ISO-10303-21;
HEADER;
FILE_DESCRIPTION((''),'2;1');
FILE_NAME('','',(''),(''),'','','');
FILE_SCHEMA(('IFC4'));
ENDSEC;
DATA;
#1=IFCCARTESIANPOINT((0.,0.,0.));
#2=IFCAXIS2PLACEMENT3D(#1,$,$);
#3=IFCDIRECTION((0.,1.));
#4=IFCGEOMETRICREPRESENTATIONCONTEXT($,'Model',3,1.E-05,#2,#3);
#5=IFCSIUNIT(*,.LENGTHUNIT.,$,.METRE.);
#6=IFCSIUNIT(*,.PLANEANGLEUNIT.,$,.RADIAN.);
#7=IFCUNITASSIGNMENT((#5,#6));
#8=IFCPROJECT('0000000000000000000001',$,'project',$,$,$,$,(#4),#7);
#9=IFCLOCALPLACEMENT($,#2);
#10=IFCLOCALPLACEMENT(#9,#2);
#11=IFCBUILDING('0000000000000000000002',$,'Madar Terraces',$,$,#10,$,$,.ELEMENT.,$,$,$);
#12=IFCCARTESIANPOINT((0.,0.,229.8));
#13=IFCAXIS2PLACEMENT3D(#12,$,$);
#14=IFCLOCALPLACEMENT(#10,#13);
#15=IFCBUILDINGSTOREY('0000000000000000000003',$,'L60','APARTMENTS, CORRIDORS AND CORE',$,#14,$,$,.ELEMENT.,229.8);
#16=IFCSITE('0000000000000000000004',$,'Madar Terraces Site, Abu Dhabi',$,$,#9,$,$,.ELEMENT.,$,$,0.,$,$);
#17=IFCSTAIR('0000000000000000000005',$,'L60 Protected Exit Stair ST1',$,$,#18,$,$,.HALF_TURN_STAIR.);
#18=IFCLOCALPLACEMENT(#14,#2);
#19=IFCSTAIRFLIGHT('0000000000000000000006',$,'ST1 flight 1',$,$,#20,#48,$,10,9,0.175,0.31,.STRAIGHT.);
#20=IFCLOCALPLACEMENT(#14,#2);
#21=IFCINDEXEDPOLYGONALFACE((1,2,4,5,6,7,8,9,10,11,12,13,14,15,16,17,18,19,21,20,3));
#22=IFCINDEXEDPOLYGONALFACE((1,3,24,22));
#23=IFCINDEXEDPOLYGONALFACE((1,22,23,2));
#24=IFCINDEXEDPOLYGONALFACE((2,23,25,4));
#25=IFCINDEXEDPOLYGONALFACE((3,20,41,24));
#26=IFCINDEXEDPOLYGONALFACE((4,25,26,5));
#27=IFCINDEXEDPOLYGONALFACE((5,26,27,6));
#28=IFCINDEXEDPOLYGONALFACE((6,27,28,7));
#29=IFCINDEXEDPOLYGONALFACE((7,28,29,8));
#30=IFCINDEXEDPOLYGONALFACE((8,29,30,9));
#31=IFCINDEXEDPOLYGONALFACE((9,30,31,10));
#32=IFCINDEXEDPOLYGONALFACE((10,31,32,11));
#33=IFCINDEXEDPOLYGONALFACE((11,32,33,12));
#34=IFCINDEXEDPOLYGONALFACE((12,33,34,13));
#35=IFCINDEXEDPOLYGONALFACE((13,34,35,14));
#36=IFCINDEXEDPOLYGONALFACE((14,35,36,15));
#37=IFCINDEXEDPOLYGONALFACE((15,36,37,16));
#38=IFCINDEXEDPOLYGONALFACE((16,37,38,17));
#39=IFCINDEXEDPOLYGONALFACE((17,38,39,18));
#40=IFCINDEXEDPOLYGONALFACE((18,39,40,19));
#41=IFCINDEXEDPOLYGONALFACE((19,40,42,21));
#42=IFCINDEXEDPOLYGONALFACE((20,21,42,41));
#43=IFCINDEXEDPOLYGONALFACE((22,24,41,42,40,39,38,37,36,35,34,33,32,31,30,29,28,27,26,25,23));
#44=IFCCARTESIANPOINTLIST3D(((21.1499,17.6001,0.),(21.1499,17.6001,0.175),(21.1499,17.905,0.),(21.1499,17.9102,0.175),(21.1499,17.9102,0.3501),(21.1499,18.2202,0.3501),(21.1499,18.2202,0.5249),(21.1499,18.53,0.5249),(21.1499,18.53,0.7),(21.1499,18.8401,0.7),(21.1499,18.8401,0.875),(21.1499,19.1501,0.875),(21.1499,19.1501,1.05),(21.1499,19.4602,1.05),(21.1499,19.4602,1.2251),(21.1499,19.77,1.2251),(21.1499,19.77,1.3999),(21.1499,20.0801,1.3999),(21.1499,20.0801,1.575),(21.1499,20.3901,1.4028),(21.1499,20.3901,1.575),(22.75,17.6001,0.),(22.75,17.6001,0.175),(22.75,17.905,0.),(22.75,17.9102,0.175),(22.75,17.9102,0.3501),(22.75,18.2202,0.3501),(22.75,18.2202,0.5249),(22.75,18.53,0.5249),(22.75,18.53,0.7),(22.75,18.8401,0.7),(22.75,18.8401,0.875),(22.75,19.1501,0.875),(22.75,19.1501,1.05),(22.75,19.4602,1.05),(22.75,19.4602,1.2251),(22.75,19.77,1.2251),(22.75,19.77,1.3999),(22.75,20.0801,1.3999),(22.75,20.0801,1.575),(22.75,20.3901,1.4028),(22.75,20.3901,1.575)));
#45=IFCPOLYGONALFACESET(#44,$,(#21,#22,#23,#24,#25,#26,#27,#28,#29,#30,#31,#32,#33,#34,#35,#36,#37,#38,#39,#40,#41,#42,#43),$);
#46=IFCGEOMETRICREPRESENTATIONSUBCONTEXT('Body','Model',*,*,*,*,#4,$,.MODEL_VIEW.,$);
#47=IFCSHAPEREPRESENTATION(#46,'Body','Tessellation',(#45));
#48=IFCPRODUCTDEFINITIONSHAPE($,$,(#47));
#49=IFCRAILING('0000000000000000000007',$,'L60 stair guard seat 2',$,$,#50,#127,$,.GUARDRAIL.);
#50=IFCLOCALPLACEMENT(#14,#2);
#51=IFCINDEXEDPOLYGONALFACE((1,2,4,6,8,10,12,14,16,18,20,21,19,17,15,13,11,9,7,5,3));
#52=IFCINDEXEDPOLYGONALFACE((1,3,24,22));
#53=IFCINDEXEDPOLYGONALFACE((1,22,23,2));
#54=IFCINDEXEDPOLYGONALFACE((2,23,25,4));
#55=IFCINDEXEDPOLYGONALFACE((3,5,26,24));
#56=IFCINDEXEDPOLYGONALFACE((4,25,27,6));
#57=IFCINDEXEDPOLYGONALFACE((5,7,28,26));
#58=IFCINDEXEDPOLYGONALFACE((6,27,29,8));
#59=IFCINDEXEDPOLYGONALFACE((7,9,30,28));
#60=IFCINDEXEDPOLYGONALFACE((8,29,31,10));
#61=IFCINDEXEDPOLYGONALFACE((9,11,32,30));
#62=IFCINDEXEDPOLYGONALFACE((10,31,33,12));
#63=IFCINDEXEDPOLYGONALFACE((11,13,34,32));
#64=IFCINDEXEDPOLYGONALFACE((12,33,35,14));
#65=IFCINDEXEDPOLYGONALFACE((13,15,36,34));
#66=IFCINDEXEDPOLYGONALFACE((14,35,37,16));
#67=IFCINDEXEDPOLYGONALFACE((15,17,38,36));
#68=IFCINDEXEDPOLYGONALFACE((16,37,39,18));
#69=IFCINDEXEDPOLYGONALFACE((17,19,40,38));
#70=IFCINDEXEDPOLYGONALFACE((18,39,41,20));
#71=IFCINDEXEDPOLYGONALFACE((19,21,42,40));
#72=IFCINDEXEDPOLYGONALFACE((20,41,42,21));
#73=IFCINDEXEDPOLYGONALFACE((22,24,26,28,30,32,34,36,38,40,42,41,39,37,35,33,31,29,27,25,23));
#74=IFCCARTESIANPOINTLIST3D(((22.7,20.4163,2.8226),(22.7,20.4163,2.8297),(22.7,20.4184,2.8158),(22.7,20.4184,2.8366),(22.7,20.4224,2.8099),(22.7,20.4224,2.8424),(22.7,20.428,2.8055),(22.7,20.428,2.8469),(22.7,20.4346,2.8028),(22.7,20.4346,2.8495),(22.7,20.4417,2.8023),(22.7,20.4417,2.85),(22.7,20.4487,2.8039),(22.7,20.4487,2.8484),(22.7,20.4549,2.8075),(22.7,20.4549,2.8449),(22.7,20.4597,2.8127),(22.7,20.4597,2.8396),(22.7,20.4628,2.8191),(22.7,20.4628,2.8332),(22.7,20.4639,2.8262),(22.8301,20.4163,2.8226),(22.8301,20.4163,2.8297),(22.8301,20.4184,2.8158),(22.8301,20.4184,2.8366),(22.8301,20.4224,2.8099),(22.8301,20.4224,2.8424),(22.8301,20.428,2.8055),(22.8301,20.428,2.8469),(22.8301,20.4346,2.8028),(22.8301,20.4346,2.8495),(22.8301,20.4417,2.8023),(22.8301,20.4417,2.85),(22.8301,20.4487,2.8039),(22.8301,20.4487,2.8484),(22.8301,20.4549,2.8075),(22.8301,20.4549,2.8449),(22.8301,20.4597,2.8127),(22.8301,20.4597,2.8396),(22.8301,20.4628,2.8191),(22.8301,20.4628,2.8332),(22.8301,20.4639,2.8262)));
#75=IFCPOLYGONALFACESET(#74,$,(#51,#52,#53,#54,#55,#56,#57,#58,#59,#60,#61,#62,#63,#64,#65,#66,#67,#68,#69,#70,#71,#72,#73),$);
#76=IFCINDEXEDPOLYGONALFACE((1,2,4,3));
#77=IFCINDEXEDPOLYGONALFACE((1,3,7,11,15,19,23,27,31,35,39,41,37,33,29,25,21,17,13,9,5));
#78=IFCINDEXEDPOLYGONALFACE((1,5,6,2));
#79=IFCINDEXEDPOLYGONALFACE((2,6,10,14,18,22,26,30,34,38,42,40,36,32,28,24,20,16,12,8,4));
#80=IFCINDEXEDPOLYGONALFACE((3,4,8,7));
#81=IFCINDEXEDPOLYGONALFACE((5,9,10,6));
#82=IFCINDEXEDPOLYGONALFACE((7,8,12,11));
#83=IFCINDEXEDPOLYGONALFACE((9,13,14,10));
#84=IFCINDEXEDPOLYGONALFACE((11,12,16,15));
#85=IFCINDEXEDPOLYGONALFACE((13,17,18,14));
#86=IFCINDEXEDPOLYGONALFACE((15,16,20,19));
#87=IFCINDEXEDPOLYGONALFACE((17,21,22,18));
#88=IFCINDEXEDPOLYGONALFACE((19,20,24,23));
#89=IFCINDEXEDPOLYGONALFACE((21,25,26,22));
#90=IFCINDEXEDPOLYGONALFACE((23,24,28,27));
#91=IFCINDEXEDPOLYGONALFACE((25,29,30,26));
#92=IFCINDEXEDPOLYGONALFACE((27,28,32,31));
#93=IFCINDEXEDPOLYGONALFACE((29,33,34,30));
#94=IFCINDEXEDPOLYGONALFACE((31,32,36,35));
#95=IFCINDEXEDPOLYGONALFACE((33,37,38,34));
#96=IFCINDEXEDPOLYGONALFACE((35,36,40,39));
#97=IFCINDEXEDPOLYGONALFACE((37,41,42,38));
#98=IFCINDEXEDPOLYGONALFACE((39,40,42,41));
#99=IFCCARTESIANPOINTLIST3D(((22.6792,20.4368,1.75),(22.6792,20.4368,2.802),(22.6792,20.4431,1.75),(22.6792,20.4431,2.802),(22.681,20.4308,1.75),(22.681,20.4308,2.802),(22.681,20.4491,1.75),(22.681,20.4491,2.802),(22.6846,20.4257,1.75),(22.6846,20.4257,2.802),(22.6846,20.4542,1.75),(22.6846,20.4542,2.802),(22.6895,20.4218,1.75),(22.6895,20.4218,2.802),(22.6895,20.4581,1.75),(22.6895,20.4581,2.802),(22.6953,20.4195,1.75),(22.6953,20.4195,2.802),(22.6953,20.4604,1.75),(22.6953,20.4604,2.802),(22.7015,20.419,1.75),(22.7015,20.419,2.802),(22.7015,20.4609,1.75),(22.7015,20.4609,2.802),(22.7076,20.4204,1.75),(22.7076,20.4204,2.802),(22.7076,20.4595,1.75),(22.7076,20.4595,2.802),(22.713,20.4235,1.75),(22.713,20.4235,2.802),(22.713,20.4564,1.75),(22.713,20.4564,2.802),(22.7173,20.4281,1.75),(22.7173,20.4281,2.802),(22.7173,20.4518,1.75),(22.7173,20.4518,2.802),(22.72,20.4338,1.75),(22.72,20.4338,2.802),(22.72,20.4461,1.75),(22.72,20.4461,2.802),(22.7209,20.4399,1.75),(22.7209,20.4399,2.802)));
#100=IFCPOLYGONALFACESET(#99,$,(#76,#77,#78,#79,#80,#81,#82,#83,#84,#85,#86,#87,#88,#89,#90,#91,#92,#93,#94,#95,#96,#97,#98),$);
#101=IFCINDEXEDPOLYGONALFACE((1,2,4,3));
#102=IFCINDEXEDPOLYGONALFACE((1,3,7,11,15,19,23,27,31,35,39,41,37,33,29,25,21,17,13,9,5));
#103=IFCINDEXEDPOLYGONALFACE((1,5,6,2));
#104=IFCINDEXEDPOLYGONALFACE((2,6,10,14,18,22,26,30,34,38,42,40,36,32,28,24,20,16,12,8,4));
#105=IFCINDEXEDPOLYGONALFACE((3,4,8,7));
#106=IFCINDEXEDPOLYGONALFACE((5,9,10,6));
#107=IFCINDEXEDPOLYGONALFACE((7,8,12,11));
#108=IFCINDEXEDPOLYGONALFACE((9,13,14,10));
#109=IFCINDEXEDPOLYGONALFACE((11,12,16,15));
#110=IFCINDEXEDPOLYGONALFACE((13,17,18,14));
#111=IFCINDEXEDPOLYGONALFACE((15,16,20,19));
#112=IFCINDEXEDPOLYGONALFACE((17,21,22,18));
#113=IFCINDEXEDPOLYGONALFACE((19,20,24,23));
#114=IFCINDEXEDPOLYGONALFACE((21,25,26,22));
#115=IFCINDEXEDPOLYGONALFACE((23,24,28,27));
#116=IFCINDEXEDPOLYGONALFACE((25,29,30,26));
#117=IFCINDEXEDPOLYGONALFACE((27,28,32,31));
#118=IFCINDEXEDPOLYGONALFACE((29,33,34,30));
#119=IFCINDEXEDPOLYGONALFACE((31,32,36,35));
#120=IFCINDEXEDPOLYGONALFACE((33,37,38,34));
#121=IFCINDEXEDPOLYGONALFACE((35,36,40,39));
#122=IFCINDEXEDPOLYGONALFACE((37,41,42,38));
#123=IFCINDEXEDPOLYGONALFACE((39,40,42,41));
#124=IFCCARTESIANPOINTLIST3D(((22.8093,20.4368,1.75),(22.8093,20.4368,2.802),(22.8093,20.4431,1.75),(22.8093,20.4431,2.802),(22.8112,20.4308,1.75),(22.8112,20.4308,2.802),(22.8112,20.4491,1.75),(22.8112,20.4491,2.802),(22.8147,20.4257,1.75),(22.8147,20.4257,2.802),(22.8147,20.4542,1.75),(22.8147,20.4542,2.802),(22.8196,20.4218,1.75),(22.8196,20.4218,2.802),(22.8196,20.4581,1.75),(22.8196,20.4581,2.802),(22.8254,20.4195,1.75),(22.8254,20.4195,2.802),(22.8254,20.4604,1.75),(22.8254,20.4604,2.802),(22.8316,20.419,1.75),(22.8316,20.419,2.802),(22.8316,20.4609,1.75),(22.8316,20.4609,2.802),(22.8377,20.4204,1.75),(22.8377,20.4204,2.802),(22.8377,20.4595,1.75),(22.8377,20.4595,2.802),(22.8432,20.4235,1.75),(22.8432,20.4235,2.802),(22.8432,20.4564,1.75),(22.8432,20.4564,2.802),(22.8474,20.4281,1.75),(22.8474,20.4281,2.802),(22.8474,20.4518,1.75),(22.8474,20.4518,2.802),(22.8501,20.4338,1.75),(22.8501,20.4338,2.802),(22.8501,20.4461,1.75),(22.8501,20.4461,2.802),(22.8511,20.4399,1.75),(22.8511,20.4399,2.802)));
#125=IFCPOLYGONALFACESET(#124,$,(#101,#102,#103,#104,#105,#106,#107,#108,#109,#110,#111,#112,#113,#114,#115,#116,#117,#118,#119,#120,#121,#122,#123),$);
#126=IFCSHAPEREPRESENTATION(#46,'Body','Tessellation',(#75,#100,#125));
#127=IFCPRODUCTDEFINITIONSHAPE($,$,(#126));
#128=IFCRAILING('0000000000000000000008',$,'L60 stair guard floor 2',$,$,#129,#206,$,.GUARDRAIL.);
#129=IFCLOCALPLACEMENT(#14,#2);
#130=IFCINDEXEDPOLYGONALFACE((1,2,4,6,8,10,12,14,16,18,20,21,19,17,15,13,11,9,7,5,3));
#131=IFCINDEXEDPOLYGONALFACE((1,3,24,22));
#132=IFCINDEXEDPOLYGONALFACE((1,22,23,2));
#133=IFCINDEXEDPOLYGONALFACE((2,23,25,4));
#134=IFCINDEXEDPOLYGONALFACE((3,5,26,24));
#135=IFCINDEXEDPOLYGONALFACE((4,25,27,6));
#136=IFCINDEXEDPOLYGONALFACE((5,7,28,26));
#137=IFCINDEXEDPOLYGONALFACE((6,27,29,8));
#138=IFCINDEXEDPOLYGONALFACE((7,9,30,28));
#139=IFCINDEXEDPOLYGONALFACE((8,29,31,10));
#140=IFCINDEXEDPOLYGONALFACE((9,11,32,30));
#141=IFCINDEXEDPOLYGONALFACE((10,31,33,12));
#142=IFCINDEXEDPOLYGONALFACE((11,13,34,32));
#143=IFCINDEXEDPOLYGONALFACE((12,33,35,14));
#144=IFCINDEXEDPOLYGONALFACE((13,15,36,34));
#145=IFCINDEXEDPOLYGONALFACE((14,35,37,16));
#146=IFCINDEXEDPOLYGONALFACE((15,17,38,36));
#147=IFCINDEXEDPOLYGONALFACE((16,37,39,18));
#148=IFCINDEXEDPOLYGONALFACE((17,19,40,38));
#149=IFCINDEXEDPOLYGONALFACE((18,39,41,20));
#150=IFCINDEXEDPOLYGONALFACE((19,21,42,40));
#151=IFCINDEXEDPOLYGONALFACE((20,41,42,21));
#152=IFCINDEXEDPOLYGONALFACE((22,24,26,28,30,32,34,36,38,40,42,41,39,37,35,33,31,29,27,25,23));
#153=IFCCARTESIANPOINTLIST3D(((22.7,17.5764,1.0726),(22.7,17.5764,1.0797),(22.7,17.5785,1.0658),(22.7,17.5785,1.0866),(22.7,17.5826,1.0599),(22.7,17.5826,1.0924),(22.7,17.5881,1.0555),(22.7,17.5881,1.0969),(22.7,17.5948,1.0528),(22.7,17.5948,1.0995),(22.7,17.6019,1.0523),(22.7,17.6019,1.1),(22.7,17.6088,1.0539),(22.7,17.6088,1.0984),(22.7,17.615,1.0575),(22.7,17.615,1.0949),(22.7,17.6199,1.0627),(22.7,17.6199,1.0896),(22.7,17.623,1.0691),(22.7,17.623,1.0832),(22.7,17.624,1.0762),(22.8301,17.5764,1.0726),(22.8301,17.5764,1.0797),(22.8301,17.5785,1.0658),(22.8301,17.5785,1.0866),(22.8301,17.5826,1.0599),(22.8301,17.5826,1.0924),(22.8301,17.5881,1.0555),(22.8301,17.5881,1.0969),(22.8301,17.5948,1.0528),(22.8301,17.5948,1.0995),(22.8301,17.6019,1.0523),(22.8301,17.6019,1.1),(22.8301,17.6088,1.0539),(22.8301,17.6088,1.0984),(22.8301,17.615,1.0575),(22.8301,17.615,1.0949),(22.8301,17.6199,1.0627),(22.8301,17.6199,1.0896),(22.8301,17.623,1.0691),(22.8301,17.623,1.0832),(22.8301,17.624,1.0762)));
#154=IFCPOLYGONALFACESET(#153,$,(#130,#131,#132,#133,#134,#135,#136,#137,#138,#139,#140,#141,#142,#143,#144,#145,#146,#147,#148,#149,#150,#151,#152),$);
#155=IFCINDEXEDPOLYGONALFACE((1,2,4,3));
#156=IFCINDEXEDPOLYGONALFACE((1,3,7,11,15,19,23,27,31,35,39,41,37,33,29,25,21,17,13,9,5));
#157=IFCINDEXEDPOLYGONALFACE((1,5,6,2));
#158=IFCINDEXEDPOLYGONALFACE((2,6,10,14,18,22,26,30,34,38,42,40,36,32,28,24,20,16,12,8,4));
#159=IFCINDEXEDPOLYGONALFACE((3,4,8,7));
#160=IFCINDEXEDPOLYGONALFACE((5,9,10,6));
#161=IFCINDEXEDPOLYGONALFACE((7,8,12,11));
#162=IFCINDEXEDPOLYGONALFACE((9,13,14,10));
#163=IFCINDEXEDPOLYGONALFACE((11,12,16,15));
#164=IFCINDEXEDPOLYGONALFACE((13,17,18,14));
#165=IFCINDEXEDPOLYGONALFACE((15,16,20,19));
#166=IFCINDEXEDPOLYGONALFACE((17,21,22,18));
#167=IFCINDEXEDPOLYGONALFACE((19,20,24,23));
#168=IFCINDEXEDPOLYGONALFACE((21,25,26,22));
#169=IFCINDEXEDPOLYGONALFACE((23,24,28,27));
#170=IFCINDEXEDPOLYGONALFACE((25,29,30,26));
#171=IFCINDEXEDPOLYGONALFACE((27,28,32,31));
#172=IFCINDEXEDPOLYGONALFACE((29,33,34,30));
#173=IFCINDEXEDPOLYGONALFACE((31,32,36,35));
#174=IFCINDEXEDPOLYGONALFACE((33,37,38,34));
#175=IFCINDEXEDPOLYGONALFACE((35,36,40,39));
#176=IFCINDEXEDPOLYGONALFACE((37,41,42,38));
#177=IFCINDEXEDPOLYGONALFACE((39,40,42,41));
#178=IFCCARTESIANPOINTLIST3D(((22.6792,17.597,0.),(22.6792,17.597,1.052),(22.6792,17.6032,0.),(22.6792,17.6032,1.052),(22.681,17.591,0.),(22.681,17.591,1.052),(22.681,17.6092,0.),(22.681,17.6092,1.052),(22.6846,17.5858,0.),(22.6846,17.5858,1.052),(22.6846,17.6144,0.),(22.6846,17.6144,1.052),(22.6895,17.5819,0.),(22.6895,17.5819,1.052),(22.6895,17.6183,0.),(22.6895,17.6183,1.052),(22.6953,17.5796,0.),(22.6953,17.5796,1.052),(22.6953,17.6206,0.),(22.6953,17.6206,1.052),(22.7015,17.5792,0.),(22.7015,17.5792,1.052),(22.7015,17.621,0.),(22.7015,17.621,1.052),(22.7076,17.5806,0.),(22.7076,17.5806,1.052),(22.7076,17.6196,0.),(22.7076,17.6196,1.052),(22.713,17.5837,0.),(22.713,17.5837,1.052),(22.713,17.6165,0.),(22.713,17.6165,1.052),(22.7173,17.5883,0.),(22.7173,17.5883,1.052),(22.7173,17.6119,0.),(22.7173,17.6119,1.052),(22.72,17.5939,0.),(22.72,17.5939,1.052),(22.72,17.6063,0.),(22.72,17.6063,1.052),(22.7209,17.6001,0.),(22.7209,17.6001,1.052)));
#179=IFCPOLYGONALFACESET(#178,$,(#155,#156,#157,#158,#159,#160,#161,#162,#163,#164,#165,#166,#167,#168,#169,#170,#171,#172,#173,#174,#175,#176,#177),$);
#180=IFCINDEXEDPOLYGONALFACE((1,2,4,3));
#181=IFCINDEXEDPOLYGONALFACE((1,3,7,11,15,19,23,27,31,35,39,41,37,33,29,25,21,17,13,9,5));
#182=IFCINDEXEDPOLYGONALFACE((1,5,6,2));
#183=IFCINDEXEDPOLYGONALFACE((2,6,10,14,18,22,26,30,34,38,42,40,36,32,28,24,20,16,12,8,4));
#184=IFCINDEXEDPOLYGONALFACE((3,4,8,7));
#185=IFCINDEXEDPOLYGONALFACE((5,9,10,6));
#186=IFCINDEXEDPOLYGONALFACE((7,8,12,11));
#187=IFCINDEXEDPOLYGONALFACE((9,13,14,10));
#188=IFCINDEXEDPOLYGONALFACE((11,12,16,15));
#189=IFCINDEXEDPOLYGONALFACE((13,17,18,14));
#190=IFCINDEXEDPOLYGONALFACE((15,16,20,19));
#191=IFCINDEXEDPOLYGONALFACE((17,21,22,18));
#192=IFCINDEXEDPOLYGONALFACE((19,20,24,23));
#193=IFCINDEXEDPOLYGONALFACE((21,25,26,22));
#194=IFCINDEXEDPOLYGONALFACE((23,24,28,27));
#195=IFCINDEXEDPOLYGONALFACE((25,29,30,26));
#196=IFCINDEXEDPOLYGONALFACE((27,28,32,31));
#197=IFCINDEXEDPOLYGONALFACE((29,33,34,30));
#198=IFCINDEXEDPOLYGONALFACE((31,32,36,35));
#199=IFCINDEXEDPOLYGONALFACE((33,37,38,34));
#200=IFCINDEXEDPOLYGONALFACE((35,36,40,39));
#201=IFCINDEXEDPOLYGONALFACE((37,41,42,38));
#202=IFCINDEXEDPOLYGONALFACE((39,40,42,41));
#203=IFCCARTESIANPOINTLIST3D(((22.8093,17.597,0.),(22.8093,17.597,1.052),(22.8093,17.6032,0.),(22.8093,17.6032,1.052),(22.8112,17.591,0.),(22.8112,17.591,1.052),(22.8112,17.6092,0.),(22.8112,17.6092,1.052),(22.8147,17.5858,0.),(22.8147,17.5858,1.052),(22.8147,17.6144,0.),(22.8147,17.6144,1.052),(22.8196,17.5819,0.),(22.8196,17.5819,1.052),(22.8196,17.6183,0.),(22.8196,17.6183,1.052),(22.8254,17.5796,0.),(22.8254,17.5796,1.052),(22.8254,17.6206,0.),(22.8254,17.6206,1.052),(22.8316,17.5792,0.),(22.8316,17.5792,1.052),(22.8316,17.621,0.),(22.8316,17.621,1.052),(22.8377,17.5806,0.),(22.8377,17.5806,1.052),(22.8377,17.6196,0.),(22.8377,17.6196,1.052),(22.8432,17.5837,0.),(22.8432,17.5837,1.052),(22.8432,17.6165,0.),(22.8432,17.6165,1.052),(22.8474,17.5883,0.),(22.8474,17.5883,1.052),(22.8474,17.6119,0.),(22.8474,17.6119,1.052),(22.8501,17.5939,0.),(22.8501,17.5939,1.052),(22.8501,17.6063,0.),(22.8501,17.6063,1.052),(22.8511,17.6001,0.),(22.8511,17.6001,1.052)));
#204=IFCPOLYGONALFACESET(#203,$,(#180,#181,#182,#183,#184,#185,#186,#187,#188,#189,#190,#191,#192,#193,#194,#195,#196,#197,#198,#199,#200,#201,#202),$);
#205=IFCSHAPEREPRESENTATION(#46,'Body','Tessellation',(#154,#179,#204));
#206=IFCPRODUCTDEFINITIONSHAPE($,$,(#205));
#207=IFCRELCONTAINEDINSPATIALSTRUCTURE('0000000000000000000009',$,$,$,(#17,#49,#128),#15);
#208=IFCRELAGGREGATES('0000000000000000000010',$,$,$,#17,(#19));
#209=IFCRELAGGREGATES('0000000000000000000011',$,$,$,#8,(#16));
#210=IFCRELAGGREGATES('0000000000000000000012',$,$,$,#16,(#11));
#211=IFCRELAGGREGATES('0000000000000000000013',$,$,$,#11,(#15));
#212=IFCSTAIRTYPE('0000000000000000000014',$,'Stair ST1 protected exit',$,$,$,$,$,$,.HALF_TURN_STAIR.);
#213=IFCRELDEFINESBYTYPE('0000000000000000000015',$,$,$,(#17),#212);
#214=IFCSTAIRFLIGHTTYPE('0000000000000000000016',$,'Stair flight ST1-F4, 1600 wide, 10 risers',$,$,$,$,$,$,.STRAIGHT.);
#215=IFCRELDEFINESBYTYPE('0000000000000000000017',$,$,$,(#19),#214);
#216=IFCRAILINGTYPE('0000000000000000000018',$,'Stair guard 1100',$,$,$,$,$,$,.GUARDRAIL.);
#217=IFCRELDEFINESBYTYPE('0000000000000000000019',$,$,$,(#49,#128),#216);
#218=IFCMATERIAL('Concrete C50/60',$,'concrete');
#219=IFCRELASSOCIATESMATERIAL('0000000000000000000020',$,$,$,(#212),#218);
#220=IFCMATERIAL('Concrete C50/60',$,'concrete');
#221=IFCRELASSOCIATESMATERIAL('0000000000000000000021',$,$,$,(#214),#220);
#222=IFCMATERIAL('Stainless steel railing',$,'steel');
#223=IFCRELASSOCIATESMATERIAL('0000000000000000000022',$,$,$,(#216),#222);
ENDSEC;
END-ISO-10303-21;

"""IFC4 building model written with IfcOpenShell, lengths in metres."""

from ifc_helpers import new_model, si_unit, direction, frame, origin, origin_2d, place, context, subcontext, project, spatial, polyline, circle, outline, extrude, material, type_object, element, aggregate, save


model = new_model("IFC4")

# Units and contexts
model_context = context("Model", 3, precision=1e-05, world=origin(), true_north=direction((0.0, 1.0)))
body_context = subcontext(model_context, "Body", "Model", "MODEL_VIEW")
ifc_project = project(units=[si_unit("LENGTHUNIT", "METRE"), si_unit("PLANEANGLEUNIT", "RADIAN")], contexts=[model_context])

# Site, building, storey
site_placement = place(None, origin())
site = spatial("IfcSite", under=ifc_project, at=site_placement, Name="Madar Terraces Site, Abu Dhabi", CompositionType="ELEMENT", RefElevation=0.0)
building_placement = place(site_placement, origin())
building = spatial("IfcBuilding", under=site, at=building_placement, Name="Madar Terraces", CompositionType="ELEMENT")
storey_placement = place(building_placement, frame((0.0, 0.0, 229.8)))
storey = spatial("IfcBuildingStorey", under=building, at=storey_placement, Name="L60", Description="APARTMENTS, CORRIDORS AND CORE", CompositionType="ELEMENT", Elevation=229.8)

# Stair, stair flight
ifc_material_1 = material(Name="Concrete C50/60", Category="concrete")
stair_type = type_object("IfcStairType", Name="Stair ST1 protected exit", PredefinedType="HALF_TURN_STAIR", material=ifc_material_1)
stair_placement = place(storey_placement, origin())
stair = element("IfcStair", 1, at=stair_placement, inside=storey, type_object=stair_type, Name="L60 Protected Exit Stair ST1", PredefinedType="HALF_TURN_STAIR")
ifc_material_2 = material(Name="Concrete C50/60", Category="concrete")
stair_flight_type = type_object("IfcStairFlightType", Name="Stair flight ST1-F4, 1600 wide, 10 risers", PredefinedType="STRAIGHT", material=ifc_material_2)
stair_flight_placement = place(storey_placement, frame((21.95, 17.6001, 0.0), z_axis=(0.0, 0.0, 1.0), x_axis=(0.0, 1.0, 0.0)))
stair_flight = element("IfcStairFlight", 2, at=stair_flight_placement, type_object=stair_flight_type, Name="ST1 flight 1", NumberOfRisers=10, NumberOfTreads=9, PredefinedType="STRAIGHT", RiserHeight=0.175, TreadLength=0.31, context=body_context, shape_type="SweptSolid", body=[
    extrude(outline(polyline([(0.0, 0.0), (0.0, 0.175), (0.3101, 0.175), (0.3101, 0.3501), (0.6201, 0.3501), (0.6201, 0.5249), (0.9299, 0.5249), (0.9299, 0.7), (1.24, 0.7), (1.24, 0.875), (1.55, 0.875), (1.55, 1.05), (1.8601, 1.05), (1.8601, 1.2251), (2.1699, 1.2251), (2.1699, 1.3999), (2.48, 1.3999), (2.48, 1.575), (2.79, 1.575), (2.79, 1.75), (2.79, 1.4028), (0.3049, 0.0), (0.0, 0.0)])), frame((0.0, 0.8, 0.0), z_axis=(0.0, -1.0, 0.0), x_axis=(1.0, 0.0, 0.0)), (0.0, 0.0, 1.0), 1.6001),
])
aggregate(stair, [stair_flight])

# Railings
ifc_material_3 = material(Name="Stainless steel railing", Category="steel")
railing_type_1 = type_object("IfcRailingType", Name="Stair guard 1100", PredefinedType="GUARDRAIL", material=ifc_material_3)
for number, where, name in (
    (3, (22.7, 20.4399, 1.75), "L60 stair guard seat 2"),
    (4, (22.7, 17.6001, 0.0), "L60 stair guard floor 2"),
):
    element("IfcRailing", number, at=place(storey_placement, frame(where)), inside=storey, type_object=railing_type_1, Name=name, PredefinedType="GUARDRAIL", context=body_context, shape_type="SweptSolid", body=[
        extrude(circle(Radius=0.0239, at=origin_2d()), frame((0.0, 0.0, 1.0762), z_axis=(1.0, 0.0, 0.0), x_axis=(0.0, 1.0, 0.0)), (0.0, 0.0, 1.0), 0.1301),
        extrude(circle(Radius=0.021, at=origin_2d()), origin(), (0.0, 0.0, 1.0), 1.052),
        extrude(circle(Radius=0.021, at=origin_2d()), frame((0.1301, 0.0, 0.0)), (0.0, 0.0, 1.0), 1.052),
    ])

save(model, "model.ifc")
